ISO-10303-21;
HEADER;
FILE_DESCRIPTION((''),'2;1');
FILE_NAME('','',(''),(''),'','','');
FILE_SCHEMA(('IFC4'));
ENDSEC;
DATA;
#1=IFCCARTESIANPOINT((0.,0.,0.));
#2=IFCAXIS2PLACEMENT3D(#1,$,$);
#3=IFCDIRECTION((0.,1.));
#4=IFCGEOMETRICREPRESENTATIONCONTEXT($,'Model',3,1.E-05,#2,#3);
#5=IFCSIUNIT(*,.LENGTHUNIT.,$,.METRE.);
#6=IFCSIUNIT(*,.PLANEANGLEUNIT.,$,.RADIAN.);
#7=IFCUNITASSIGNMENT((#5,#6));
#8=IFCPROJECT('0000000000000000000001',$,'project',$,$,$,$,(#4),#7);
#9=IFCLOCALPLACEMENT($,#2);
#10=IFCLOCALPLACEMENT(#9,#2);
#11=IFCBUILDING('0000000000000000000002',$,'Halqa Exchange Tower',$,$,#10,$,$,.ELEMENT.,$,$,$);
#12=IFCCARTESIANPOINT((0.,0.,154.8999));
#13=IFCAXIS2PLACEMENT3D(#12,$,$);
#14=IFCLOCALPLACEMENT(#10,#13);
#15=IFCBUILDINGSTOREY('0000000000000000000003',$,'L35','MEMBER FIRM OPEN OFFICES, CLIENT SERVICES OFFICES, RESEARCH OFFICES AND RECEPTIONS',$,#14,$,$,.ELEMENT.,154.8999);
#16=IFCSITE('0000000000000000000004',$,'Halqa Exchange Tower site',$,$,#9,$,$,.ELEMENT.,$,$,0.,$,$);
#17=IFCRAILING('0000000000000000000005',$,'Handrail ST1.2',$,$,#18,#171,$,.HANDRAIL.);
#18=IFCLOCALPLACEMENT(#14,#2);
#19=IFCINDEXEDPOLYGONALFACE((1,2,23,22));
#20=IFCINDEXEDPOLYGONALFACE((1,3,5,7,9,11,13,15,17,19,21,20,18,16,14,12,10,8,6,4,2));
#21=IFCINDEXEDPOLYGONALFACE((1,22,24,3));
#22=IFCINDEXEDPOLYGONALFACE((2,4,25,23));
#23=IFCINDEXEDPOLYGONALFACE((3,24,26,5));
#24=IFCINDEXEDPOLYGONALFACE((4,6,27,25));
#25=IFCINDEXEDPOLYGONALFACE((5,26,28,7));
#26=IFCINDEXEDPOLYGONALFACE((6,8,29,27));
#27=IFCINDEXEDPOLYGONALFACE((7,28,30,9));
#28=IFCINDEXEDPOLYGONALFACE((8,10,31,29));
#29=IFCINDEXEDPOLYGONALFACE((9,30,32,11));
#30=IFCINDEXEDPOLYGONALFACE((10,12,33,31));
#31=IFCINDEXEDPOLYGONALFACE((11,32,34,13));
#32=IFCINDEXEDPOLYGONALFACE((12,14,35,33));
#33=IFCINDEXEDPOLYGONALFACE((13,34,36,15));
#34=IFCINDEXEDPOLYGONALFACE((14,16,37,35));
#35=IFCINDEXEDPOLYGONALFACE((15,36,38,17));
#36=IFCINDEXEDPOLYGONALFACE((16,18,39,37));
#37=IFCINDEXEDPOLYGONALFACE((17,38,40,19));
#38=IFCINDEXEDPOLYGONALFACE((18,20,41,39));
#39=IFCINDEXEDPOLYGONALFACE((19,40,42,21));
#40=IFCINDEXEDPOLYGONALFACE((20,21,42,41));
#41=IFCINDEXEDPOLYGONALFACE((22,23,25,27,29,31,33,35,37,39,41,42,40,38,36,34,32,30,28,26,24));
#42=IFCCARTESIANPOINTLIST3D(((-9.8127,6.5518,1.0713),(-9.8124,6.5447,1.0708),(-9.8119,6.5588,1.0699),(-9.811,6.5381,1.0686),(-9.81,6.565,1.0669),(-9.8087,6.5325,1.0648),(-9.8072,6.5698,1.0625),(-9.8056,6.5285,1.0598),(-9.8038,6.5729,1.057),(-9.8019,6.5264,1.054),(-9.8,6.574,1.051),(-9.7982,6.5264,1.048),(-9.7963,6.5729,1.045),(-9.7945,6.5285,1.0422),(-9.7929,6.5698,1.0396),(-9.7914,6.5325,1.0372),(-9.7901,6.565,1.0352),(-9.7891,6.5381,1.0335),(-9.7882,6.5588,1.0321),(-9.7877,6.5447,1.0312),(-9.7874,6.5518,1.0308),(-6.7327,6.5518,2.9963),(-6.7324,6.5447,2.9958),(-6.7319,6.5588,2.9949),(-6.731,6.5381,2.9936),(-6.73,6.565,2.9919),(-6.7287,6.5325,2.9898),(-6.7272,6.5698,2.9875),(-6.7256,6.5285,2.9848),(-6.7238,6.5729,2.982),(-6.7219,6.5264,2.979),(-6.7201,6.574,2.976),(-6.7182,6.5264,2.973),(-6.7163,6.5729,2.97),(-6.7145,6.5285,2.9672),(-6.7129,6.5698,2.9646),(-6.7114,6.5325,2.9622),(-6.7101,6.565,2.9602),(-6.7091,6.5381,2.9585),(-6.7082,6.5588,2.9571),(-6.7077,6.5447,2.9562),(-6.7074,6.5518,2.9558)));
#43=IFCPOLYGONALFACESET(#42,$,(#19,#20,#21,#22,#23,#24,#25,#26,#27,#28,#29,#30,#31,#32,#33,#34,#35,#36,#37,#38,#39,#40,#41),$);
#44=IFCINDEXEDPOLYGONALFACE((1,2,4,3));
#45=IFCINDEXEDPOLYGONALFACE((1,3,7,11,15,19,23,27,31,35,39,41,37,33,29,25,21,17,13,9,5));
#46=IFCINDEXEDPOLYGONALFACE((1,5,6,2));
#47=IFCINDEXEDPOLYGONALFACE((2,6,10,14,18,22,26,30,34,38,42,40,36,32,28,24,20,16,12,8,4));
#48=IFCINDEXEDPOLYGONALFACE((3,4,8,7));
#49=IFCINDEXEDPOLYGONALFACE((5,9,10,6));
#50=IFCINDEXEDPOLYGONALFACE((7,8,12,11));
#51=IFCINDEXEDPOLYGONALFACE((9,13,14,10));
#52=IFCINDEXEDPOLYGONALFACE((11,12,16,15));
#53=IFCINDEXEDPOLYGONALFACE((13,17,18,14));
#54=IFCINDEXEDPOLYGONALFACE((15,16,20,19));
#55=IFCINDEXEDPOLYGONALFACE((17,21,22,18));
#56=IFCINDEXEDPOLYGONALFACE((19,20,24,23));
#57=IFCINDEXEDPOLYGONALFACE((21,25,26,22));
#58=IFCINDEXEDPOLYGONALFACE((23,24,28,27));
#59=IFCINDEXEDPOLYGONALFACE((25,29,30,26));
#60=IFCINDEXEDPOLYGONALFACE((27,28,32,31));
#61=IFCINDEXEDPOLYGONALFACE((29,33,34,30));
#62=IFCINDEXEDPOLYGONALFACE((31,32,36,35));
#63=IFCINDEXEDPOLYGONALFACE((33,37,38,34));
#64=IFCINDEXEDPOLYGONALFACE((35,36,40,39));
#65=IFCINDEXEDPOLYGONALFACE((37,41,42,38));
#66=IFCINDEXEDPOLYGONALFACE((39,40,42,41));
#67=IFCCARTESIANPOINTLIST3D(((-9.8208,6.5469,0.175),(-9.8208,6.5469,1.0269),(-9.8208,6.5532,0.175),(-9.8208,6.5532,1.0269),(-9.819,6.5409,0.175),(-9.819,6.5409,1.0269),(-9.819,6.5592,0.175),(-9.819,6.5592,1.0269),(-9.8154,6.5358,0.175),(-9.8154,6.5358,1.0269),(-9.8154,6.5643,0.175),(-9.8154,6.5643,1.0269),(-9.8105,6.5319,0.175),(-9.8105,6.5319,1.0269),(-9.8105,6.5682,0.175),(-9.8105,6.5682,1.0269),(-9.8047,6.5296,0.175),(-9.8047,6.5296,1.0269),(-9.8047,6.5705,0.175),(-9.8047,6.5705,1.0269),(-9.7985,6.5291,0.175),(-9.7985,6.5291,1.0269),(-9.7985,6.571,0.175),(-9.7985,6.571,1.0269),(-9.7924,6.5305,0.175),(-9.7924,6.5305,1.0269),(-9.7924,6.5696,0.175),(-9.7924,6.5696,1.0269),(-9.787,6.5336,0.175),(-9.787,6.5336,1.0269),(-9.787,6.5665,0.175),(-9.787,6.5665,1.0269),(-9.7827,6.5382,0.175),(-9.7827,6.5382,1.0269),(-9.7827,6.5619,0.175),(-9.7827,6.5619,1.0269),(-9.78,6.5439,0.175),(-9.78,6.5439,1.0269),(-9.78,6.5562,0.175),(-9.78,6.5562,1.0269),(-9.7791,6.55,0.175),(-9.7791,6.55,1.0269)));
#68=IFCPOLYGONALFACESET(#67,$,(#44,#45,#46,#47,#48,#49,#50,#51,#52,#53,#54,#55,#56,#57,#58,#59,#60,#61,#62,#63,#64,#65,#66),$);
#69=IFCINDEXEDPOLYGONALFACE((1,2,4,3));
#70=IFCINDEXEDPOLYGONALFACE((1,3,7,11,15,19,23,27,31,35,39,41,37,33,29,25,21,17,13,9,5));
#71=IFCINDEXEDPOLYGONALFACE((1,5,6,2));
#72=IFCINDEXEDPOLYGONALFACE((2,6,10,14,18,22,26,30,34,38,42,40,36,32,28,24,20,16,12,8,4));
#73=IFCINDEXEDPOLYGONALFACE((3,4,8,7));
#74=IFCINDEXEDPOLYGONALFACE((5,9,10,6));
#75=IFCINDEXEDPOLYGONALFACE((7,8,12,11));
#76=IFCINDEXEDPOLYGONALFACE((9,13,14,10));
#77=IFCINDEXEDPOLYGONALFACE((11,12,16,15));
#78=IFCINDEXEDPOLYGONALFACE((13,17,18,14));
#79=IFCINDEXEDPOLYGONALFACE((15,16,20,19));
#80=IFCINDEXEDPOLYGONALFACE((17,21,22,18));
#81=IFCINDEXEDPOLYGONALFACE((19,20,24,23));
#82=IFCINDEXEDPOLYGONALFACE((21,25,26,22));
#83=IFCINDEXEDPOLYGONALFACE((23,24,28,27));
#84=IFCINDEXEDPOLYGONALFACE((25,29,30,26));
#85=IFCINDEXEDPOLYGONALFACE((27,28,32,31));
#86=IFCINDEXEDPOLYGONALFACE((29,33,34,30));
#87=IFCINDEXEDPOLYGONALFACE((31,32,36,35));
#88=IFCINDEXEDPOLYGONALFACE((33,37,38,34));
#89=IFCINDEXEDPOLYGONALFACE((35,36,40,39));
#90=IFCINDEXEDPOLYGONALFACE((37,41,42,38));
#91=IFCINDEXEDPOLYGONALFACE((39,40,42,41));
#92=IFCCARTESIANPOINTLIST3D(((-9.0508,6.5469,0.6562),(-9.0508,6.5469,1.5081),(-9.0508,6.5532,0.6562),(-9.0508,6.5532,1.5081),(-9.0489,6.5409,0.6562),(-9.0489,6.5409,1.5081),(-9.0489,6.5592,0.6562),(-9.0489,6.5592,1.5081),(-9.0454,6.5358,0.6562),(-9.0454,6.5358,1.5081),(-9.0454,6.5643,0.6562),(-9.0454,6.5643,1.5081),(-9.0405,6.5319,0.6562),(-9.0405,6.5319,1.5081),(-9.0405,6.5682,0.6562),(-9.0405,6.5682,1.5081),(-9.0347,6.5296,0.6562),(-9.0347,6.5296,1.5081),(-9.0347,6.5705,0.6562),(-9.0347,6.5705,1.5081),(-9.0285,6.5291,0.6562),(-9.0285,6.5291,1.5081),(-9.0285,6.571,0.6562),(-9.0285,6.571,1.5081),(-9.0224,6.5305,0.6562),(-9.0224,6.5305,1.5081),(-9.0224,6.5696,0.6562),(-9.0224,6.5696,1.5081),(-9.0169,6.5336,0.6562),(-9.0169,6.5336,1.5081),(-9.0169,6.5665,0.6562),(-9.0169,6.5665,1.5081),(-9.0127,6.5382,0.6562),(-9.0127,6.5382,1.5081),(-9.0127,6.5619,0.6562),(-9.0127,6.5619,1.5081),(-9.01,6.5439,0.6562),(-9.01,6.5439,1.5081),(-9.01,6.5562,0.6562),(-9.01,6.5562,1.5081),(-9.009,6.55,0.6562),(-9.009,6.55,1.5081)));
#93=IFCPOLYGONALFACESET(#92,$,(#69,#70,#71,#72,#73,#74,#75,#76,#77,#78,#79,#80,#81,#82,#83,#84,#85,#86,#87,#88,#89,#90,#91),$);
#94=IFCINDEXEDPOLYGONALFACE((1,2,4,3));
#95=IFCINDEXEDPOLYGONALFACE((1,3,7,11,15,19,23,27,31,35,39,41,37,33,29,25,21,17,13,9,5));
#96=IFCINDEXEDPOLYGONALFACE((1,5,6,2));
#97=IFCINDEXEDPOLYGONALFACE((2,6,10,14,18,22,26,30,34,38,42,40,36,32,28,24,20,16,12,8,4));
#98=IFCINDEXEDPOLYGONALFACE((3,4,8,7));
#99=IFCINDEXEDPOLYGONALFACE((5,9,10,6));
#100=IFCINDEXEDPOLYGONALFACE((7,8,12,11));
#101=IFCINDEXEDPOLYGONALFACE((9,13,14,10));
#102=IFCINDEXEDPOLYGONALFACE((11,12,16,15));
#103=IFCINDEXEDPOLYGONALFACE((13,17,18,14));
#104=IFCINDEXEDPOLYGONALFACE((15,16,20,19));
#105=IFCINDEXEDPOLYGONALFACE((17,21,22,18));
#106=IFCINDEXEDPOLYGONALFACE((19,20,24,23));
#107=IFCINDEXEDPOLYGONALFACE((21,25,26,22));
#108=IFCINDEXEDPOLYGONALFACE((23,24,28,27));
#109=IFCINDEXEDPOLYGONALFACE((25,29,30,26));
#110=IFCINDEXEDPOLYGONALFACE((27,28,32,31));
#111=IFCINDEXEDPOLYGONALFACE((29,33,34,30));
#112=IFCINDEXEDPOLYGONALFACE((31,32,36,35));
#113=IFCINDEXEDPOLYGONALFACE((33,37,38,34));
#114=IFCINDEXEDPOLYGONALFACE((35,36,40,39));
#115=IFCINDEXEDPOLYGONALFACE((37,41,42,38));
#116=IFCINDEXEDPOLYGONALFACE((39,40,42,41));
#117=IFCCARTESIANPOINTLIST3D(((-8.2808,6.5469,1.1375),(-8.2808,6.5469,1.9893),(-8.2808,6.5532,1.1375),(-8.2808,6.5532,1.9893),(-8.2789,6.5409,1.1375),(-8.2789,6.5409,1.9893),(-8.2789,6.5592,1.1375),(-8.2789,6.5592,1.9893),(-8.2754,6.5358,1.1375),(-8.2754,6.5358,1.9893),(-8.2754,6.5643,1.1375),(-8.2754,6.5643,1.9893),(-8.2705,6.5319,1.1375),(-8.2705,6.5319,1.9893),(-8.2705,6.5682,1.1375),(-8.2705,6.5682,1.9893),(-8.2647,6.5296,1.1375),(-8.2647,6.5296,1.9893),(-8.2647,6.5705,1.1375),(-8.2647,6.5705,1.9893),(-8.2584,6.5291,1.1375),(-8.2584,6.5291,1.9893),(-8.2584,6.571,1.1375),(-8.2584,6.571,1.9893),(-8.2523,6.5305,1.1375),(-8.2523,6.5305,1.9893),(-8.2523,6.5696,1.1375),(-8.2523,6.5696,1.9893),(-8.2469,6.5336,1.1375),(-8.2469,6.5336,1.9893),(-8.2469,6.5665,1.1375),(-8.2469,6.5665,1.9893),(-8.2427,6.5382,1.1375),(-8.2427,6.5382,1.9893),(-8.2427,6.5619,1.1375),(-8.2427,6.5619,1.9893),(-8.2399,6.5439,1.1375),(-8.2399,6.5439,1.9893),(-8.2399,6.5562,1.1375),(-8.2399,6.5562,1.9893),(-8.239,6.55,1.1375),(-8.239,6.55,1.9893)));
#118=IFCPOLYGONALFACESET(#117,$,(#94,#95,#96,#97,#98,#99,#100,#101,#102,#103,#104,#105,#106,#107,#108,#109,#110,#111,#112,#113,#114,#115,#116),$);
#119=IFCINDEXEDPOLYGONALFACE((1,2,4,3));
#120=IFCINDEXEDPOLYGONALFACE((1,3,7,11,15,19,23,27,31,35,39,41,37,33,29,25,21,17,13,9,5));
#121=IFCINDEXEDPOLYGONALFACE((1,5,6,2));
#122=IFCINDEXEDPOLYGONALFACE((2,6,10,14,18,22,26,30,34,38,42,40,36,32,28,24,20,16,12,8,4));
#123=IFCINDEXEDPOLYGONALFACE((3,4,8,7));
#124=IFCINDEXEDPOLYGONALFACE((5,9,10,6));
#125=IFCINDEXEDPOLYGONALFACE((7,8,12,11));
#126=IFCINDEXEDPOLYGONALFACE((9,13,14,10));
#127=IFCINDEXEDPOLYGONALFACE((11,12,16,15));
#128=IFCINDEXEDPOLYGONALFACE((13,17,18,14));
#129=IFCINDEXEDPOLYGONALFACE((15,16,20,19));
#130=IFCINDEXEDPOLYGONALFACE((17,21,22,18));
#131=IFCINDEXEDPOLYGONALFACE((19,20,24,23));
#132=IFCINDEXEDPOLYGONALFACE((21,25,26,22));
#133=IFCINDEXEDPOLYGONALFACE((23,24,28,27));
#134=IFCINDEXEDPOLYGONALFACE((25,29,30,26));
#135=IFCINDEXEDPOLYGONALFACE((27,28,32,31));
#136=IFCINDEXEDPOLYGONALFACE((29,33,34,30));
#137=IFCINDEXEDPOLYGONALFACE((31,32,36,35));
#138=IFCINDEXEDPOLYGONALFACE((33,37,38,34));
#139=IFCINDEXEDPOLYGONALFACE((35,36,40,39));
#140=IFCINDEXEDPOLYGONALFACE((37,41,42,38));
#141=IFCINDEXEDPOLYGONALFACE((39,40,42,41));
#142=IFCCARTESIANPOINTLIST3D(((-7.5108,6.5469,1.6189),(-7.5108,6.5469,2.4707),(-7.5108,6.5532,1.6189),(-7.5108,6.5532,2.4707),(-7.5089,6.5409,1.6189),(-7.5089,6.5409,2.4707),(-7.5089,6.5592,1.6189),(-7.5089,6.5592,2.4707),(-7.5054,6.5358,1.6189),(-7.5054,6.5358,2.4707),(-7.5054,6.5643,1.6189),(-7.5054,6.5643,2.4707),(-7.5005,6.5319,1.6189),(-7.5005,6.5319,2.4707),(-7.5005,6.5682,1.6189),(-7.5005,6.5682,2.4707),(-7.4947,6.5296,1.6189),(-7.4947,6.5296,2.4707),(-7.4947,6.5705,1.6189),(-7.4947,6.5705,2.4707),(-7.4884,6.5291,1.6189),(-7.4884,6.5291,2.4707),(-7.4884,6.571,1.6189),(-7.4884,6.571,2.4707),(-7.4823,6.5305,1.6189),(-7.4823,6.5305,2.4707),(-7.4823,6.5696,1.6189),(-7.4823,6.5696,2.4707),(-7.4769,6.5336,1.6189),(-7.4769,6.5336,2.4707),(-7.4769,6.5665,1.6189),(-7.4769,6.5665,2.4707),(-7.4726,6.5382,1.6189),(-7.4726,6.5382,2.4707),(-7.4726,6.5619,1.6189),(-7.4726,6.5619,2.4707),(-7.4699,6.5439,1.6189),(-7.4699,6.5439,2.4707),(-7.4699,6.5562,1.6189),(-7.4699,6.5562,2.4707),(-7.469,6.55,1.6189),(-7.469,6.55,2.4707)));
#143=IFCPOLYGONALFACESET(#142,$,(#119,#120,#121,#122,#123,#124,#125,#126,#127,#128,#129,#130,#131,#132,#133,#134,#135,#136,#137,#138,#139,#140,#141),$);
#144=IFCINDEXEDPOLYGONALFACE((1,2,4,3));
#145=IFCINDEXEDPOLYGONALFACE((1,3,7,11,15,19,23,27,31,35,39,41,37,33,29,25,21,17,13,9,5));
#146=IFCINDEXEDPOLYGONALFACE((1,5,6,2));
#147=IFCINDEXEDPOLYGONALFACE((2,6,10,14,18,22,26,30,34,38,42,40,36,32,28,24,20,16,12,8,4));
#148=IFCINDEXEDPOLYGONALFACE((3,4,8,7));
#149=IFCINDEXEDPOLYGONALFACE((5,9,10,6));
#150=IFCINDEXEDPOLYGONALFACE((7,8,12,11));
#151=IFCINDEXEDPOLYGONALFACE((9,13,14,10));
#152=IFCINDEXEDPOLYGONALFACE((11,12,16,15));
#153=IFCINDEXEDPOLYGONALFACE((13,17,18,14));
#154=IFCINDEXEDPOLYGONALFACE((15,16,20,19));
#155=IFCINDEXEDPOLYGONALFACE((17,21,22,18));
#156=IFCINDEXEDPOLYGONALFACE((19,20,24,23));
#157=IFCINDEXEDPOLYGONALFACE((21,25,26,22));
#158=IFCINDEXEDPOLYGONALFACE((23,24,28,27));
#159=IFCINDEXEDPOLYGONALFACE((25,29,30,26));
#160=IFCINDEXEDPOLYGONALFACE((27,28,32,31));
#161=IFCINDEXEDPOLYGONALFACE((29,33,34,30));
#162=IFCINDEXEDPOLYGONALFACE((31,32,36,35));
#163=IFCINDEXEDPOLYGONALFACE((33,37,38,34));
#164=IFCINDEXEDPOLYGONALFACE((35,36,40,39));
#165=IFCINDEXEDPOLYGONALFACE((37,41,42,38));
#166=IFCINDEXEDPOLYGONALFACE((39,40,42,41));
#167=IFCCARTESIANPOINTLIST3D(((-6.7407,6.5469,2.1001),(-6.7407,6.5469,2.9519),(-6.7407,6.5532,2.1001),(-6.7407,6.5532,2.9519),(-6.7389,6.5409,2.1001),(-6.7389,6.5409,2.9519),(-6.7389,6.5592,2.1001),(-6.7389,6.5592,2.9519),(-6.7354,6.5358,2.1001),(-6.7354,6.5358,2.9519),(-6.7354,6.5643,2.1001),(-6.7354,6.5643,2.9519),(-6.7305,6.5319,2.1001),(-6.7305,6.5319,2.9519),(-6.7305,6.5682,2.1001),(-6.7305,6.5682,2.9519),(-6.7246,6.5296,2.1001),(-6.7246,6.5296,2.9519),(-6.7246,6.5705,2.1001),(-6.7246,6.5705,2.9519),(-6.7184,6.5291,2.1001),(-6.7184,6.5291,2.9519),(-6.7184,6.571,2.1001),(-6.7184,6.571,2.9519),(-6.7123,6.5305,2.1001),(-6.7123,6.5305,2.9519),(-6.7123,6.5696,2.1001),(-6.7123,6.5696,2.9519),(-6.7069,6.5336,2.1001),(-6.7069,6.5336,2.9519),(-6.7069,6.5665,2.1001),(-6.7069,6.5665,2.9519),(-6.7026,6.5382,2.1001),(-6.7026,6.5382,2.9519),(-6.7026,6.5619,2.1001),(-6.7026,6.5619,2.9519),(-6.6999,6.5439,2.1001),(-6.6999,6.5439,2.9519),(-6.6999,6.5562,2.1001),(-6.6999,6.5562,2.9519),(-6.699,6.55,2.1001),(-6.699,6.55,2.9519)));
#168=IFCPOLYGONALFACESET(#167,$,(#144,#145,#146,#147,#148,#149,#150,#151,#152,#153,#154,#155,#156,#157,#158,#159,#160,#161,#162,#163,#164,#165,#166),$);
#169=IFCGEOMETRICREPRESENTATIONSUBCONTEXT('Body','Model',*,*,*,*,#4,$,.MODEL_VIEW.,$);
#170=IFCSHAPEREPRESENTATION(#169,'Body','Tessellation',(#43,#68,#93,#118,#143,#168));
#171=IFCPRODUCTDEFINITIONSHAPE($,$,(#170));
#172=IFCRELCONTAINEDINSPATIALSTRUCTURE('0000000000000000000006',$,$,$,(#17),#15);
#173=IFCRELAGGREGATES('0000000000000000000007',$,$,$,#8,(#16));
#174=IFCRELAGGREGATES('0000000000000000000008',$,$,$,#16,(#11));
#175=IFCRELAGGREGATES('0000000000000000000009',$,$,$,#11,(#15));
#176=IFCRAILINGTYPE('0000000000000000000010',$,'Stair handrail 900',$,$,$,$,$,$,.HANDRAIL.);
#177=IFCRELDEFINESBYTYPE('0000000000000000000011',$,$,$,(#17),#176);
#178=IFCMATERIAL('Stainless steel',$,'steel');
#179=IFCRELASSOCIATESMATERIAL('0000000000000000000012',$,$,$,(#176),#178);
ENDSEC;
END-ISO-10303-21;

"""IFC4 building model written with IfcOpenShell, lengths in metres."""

from ifc_helpers import new_model, si_unit, direction, frame, origin, origin_2d, place, context, subcontext, project, spatial, circle, extrude, material, type_object, element, save


model = new_model("IFC4")

# Units and contexts
model_context = context("Model", 3, precision=1e-05, world=origin(), true_north=direction((0.0, 1.0)))
body_context = subcontext(model_context, "Body", "Model", "MODEL_VIEW")
ifc_project = project(units=[si_unit("LENGTHUNIT", "METRE"), si_unit("PLANEANGLEUNIT", "RADIAN")], contexts=[model_context])

# Site, building, storey
site_placement = place(None, origin())
site = spatial("IfcSite", under=ifc_project, at=site_placement, Name="Halqa Exchange Tower site", CompositionType="ELEMENT", RefElevation=0.0)
building_placement = place(site_placement, origin())
building = spatial("IfcBuilding", under=site, at=building_placement, Name="Halqa Exchange Tower", CompositionType="ELEMENT")
storey_placement = place(building_placement, frame((0.0, 0.0, 154.8999)))
storey = spatial("IfcBuildingStorey", under=building, at=storey_placement, Name="L35", Description="MEMBER FIRM OPEN OFFICES, CLIENT SERVICES OFFICES, RESEARCH OFFICES AND RECEPTIONS", CompositionType="ELEMENT", Elevation=154.8999)

# Shared definitions
ifc_material_1 = material(Name="Stainless steel", Category="steel")

# Railing
railing_type_1 = type_object("IfcRailingType", Name="Stair handrail 900", PredefinedType="HANDRAIL", material=ifc_material_1)
railing_1_placement = place(storey_placement, frame((-9.8, 6.55, 0.175)))
element("IfcRailing", 1, at=railing_1_placement, inside=storey, type_object=railing_type_1, Name="Handrail ST1.2", PredefinedType="HANDRAIL", context=body_context, shape_type="SweptSolid", body=[
    extrude(circle(Radius=0.0239, at=origin_2d()), frame((0.0, 0.0, 0.876), z_axis=(0.847998, 0.0, 0.529999), x_axis=(0.0, 1.0, 0.0)), (0.0, 0.0, 1.0), 3.6321),
    extrude(circle(Radius=0.021, at=origin_2d()), origin(), (0.0, 0.0, 1.0), 0.8518),
    extrude(circle(Radius=0.021, at=origin_2d()), frame((0.77, 0.0, 0.4812)), (0.0, 0.0, 1.0), 0.8518),
    extrude(circle(Radius=0.021, at=origin_2d()), frame((1.54, 0.0, 0.9624)), (0.0, 0.0, 1.0), 0.8518),
    extrude(circle(Radius=0.021, at=origin_2d()), frame((2.3101, 0.0, 1.4438)), (0.0, 0.0, 1.0), 0.8518),
    extrude(circle(Radius=0.021, at=origin_2d()), frame((3.0801, 0.0, 1.925)), (0.0, 0.0, 1.0), 0.8518),
])

save(model, "model.ifc")
